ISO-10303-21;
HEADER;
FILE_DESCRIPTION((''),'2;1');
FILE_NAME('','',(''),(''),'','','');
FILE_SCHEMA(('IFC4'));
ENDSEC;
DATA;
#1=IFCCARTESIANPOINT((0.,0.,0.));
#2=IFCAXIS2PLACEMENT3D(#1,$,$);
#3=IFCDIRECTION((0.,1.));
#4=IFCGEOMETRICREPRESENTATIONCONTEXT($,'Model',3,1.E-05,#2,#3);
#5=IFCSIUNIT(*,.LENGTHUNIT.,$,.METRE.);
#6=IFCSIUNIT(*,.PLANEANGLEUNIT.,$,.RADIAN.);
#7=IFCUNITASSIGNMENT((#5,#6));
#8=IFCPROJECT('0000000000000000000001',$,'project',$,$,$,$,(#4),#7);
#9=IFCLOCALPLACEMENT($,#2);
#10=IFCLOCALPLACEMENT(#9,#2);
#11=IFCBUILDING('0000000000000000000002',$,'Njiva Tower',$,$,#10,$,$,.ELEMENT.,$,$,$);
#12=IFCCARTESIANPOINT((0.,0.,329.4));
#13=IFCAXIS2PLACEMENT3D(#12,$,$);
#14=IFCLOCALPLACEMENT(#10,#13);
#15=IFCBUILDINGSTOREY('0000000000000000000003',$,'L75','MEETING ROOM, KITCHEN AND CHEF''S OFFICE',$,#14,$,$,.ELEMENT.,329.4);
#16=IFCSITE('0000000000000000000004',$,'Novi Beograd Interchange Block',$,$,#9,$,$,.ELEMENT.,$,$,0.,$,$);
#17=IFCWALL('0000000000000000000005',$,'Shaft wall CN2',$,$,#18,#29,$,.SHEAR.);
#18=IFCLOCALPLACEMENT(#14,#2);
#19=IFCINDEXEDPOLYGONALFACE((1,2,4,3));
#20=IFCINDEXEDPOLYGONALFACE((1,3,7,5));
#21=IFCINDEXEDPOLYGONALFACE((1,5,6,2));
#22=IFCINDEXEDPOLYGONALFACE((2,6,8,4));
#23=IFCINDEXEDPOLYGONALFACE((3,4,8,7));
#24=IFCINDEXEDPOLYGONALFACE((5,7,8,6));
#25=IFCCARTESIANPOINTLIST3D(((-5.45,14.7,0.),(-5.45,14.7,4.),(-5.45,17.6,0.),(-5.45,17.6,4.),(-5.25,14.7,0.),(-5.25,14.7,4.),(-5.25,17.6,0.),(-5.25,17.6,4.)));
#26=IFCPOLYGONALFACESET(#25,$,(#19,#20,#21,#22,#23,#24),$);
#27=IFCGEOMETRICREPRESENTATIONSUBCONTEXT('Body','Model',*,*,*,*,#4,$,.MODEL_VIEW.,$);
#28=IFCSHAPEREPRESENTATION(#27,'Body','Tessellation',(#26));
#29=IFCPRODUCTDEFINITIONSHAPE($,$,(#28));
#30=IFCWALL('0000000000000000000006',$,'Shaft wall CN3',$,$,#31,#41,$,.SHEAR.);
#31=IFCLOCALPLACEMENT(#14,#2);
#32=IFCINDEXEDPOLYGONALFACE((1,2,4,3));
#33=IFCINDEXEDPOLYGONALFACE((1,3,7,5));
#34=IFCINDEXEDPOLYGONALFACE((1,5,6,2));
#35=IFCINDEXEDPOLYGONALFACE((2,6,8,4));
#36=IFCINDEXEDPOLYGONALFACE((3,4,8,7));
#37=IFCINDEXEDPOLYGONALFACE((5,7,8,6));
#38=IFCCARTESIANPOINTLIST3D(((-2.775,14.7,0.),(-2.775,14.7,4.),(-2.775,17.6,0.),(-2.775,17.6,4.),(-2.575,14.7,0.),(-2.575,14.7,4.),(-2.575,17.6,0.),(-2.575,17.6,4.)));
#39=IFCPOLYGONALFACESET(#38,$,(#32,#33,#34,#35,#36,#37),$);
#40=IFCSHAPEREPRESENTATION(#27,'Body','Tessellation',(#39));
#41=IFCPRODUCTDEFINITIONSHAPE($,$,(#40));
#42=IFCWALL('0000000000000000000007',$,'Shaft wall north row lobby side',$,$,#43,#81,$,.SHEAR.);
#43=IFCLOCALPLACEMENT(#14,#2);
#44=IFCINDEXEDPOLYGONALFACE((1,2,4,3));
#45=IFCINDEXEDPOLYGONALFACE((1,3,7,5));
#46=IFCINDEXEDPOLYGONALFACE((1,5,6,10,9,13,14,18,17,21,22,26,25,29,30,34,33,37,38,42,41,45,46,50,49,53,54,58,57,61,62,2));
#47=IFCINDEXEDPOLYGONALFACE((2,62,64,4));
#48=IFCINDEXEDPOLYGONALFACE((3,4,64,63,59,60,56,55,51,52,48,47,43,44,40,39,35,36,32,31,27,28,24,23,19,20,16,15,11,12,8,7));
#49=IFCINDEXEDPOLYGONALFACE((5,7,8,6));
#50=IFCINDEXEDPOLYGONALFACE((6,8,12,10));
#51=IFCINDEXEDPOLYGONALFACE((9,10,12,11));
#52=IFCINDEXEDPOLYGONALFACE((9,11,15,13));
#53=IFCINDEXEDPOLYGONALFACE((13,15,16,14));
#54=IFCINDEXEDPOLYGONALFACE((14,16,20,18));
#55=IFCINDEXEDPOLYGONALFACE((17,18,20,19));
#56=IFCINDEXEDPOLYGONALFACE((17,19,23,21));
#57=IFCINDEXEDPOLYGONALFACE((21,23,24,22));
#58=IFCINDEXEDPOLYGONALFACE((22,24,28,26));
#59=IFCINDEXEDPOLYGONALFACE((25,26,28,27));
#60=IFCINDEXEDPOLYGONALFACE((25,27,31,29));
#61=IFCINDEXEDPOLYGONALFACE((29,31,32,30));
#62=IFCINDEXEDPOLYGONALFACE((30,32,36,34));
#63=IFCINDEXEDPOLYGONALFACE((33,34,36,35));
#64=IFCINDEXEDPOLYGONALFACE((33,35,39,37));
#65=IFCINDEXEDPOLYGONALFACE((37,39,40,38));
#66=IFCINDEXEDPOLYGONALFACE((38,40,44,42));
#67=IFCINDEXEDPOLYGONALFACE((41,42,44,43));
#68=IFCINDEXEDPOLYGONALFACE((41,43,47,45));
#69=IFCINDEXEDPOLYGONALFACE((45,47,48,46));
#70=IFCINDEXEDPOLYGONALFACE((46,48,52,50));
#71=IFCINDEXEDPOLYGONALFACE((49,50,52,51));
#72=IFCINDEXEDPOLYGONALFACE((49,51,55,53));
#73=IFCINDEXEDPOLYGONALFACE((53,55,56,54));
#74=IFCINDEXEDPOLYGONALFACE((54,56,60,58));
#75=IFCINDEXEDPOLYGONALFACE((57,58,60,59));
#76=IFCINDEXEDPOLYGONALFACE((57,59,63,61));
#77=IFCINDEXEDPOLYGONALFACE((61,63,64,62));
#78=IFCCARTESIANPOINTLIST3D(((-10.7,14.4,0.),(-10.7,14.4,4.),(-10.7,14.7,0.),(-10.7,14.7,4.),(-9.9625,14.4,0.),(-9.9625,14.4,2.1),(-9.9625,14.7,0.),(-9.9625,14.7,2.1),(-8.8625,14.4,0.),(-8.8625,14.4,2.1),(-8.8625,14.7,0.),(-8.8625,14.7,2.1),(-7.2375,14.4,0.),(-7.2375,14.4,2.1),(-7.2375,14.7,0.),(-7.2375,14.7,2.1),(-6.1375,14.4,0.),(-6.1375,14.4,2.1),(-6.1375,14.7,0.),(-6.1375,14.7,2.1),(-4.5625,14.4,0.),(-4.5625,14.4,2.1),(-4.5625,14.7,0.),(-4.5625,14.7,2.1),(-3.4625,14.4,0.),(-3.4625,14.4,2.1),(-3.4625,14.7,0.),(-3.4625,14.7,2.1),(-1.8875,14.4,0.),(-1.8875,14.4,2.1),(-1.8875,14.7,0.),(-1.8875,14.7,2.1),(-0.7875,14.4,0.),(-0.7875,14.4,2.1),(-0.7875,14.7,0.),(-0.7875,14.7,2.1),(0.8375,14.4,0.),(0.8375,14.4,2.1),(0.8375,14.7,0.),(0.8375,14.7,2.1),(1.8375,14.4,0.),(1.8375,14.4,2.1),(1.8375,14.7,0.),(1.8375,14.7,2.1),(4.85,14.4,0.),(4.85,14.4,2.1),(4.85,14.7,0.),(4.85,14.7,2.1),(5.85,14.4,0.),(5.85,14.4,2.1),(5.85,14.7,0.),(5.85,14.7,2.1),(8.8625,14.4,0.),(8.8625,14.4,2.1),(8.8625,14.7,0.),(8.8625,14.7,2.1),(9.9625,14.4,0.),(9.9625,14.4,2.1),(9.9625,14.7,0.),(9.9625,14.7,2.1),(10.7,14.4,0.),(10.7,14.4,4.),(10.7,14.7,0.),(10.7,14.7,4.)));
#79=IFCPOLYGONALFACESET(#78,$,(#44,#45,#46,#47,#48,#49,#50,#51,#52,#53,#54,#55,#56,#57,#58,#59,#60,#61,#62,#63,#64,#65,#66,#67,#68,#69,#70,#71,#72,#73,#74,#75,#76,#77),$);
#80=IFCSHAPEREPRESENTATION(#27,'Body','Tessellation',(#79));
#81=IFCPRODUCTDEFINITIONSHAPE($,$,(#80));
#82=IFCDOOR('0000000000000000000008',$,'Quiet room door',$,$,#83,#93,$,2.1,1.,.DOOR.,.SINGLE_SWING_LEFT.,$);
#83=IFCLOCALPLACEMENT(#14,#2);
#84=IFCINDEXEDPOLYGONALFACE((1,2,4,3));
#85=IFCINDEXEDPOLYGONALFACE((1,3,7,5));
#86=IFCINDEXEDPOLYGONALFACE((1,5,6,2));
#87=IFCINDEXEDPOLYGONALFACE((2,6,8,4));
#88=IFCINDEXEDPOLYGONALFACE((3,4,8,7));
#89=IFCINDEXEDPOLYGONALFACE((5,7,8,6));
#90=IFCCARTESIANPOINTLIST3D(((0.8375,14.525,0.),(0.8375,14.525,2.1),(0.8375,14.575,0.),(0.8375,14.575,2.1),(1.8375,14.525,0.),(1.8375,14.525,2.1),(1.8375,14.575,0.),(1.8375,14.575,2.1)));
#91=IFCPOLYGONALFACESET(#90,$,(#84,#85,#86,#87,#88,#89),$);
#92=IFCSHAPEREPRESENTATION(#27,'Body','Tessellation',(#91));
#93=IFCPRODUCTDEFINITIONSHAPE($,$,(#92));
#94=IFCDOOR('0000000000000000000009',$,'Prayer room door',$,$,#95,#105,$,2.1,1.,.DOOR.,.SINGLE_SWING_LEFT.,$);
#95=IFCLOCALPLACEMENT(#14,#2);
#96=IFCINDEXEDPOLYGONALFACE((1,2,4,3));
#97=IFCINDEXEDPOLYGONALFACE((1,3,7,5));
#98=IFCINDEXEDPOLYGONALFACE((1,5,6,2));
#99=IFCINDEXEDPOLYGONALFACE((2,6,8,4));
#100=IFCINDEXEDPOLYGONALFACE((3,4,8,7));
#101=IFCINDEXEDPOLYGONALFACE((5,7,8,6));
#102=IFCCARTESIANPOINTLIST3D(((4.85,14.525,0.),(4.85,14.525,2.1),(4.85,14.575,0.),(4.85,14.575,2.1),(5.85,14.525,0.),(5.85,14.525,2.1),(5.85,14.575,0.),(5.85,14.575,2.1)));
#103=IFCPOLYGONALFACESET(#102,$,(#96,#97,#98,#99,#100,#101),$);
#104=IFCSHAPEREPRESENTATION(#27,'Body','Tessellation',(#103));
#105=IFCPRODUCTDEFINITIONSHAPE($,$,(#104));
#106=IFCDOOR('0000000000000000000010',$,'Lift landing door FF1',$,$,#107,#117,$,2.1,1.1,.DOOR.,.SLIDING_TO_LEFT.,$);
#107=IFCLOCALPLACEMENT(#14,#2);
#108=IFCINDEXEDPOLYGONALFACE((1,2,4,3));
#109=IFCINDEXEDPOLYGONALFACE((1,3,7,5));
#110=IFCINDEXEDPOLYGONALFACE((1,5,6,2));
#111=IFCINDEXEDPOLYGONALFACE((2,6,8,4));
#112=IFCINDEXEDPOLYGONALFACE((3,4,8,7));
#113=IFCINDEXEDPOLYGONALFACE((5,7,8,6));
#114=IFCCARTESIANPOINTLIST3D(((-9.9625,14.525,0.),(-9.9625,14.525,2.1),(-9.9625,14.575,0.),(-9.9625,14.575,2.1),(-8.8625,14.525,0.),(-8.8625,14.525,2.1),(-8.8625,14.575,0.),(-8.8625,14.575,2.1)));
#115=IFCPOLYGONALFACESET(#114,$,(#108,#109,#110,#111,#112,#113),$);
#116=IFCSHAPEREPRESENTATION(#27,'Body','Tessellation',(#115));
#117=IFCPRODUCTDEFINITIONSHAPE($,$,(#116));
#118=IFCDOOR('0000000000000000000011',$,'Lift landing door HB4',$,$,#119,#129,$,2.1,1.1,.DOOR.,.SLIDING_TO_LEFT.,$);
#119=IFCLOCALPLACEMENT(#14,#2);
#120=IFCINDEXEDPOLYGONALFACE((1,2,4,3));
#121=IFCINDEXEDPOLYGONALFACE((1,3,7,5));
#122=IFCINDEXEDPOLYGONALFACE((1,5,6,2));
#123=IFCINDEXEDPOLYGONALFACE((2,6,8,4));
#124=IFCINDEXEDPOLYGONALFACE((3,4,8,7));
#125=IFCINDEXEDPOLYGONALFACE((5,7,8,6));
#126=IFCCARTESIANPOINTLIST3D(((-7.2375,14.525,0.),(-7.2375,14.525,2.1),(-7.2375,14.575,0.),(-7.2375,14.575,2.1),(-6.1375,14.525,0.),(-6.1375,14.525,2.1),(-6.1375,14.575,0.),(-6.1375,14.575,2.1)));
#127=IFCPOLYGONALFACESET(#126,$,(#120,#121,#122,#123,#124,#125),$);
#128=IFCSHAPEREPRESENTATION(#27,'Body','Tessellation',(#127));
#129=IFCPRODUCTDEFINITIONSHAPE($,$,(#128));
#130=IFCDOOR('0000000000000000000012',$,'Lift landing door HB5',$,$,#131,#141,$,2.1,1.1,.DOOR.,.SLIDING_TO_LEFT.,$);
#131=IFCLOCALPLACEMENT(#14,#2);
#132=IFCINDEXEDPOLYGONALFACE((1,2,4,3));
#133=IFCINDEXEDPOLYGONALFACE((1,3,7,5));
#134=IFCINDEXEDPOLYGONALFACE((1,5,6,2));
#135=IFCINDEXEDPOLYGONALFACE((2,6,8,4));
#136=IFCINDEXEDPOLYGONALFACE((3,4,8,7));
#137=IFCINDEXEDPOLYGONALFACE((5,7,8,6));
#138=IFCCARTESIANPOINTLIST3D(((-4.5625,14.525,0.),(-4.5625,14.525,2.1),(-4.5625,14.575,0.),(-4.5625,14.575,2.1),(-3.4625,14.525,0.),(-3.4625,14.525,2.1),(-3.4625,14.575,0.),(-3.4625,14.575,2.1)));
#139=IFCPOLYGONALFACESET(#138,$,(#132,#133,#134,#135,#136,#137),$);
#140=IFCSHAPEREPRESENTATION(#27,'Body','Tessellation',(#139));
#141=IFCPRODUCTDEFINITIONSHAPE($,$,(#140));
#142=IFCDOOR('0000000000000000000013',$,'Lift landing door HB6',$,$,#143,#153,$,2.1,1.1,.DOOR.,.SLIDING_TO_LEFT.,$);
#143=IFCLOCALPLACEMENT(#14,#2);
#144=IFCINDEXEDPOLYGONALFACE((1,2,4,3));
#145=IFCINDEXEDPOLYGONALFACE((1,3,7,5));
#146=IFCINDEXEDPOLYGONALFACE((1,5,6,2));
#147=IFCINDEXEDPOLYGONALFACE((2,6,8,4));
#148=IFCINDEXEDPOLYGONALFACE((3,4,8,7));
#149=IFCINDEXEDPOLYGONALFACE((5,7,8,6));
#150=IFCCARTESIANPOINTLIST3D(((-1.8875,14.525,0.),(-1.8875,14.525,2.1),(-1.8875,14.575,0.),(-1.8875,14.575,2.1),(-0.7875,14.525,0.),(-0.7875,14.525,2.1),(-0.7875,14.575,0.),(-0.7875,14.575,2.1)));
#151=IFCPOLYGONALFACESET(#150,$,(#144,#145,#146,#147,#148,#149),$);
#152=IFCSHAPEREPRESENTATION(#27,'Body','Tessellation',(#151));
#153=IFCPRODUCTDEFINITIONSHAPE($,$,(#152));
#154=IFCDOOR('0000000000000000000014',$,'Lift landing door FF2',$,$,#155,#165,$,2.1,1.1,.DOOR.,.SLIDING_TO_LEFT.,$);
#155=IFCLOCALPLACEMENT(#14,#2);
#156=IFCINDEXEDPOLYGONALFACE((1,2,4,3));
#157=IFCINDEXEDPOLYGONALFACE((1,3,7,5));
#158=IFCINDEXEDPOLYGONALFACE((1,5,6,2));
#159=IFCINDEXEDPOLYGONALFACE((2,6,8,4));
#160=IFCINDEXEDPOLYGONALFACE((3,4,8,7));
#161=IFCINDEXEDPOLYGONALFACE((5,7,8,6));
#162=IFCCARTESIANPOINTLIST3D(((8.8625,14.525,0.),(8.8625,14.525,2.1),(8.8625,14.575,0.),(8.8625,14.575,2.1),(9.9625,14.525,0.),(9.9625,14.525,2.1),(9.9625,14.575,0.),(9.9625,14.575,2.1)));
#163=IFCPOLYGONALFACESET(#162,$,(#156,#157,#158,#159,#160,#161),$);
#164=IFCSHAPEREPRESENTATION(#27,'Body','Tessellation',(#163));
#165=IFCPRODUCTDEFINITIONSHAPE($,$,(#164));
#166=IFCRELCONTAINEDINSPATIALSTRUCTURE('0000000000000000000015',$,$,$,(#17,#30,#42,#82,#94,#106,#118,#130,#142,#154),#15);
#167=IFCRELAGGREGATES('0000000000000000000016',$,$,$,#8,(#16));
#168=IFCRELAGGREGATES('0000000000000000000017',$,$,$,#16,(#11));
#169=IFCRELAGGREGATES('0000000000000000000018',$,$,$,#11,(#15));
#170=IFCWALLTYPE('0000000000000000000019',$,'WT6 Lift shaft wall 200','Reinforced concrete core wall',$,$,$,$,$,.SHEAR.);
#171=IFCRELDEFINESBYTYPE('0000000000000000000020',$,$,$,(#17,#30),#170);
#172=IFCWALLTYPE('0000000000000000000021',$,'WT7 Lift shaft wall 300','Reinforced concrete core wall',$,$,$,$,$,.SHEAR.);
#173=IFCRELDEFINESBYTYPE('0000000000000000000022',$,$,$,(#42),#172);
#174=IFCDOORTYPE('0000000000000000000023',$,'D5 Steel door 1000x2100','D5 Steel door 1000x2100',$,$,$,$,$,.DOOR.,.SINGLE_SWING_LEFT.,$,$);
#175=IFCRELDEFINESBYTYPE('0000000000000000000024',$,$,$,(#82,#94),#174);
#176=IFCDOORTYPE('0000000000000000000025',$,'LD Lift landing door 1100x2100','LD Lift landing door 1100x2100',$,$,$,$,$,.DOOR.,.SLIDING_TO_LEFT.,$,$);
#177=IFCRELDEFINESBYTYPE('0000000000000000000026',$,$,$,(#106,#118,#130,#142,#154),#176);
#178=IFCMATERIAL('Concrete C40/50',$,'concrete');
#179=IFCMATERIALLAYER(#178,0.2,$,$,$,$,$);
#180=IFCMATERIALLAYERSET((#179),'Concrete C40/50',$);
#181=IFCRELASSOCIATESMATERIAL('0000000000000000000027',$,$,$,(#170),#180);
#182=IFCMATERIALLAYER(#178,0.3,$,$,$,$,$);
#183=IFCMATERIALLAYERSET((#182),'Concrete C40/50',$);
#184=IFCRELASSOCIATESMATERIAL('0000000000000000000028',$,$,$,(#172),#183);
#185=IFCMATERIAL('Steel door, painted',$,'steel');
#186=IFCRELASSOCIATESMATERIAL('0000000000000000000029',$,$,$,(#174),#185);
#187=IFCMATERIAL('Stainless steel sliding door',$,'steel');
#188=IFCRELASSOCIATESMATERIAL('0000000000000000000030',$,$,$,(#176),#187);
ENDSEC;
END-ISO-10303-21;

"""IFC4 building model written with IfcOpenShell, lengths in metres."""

from ifc_helpers import new_model, si_unit, direction, frame, frame_2d, origin, place, context, subcontext, project, spatial, rectangle, extrude, material, layer, layer_set, type_object, element, fill, save


model = new_model("IFC4")

# Units and contexts
model_context = context("Model", 3, precision=1e-05, world=origin(), true_north=direction((0.0, 1.0)))
body_context = subcontext(model_context, "Body", "Model", "MODEL_VIEW")
ifc_project = project(units=[si_unit("LENGTHUNIT", "METRE"), si_unit("PLANEANGLEUNIT", "RADIAN")], contexts=[model_context])

# Site, building, storey
site_placement = place(None, origin())
site = spatial("IfcSite", under=ifc_project, at=site_placement, Name="Novi Beograd Interchange Block", CompositionType="ELEMENT", RefElevation=0.0)
building_placement = place(site_placement, origin())
building = spatial("IfcBuilding", under=site, at=building_placement, Name="Njiva Tower", CompositionType="ELEMENT")
storey_placement = place(building_placement, frame((0.0, 0.0, 329.4)))
storey = spatial("IfcBuildingStorey", under=building, at=storey_placement, Name="L75", Description="MEETING ROOM, KITCHEN AND CHEF'S OFFICE", CompositionType="ELEMENT", Elevation=329.4)

# Walls
ifc_material_1 = material(Name="Concrete C40/50", Category="concrete")
ifc_layer_1 = layer(ifc_material_1, 0.2)
ifc_layer_set_1 = layer_set([ifc_layer_1], Name="Concrete C40/50")
wall_type_1 = type_object("IfcWallType", Name="WT6 Lift shaft wall 200", Description="Reinforced concrete core wall", PredefinedType="SHEAR", material=ifc_layer_set_1)
for number, where, z_axis, x_axis, name in (
    (1, (-5.35, 14.7, 0.0), (0.0, 0.0, 1.0), (0.0, 1.0, 0.0), "Shaft wall CN2"),
    (2, (-2.675, 14.7, 0.0), (0.0, 0.0, 1.0), (0.0, 1.0, 0.0), "Shaft wall CN3"),
):
    element("IfcWall", number, at=place(storey_placement, frame(where, z_axis=z_axis, x_axis=x_axis)), inside=storey, type_object=wall_type_1, Name=name, PredefinedType="SHEAR", context=body_context, shape_type="SweptSolid", body=[
        extrude(rectangle(XDim=2.9, YDim=0.2, at=frame_2d((1.45, 0.0))), origin(), (0.0, 0.0, 1.0), 4.0),
    ])

# Wall, openings, doors
ifc_layer_2 = layer(ifc_material_1, 0.3)
ifc_layer_set_2 = layer_set([ifc_layer_2], Name="Concrete C40/50")
wall_type_2 = type_object("IfcWallType", Name="WT7 Lift shaft wall 300", Description="Reinforced concrete core wall", PredefinedType="SHEAR", material=ifc_layer_set_2)
wall_1_placement = place(storey_placement, frame((-10.7, 14.55, 0.0), z_axis=(0.0, 0.0, 1.0), x_axis=(1.0, 0.0, 0.0)))
wall_1 = element("IfcWall", 3, at=wall_1_placement, inside=storey, type_object=wall_type_2, Name="Shaft wall north row lobby side", PredefinedType="SHEAR", context=body_context, shape_type="SweptSolid", body=[
    extrude(rectangle(XDim=21.4, YDim=0.3, at=frame_2d((10.7, 0.0))), origin(), (0.0, 0.0, 1.0), 4.0),
])
opening_1_placement = place(wall_1_placement, frame((0.7375, 0.0, 0.0)))
opening_1 = element("IfcOpeningElement", 4, at=opening_1_placement, cuts=wall_1, PredefinedType="OPENING", context=body_context, shape_type="SweptSolid", body=[
    extrude(rectangle(XDim=1.1, YDim=2.1, at=frame_2d((0.55, 1.05))), frame((0.0, 0.16, 0.0), z_axis=(0.0, -1.0, 0.0), x_axis=(1.0, 0.0, 0.0)), (0.0, 0.0, 1.0), 0.32),
])
opening_2_placement = place(wall_1_placement, frame((3.4625, 0.0, 0.0)))
opening_2 = element("IfcOpeningElement", 5, at=opening_2_placement, cuts=wall_1, PredefinedType="OPENING", context=body_context, shape_type="SweptSolid", body=[
    extrude(rectangle(XDim=1.1, YDim=2.1, at=frame_2d((0.55, 1.05))), frame((0.0, 0.16, 0.0), z_axis=(0.0, -1.0, 0.0), x_axis=(1.0, 0.0, 0.0)), (0.0, 0.0, 1.0), 0.32),
])
opening_3_placement = place(wall_1_placement, frame((6.1375, 0.0, 0.0)))
opening_3 = element("IfcOpeningElement", 6, at=opening_3_placement, cuts=wall_1, PredefinedType="OPENING", context=body_context, shape_type="SweptSolid", body=[
    extrude(rectangle(XDim=1.1, YDim=2.1, at=frame_2d((0.55, 1.05))), frame((0.0, 0.16, 0.0), z_axis=(0.0, -1.0, 0.0), x_axis=(1.0, 0.0, 0.0)), (0.0, 0.0, 1.0), 0.32),
])
opening_4_placement = place(wall_1_placement, frame((8.8125, 0.0, 0.0)))
opening_4 = element("IfcOpeningElement", 7, at=opening_4_placement, cuts=wall_1, PredefinedType="OPENING", context=body_context, shape_type="SweptSolid", body=[
    extrude(rectangle(XDim=1.1, YDim=2.1, at=frame_2d((0.55, 1.05))), frame((0.0, 0.16, 0.0), z_axis=(0.0, -1.0, 0.0), x_axis=(1.0, 0.0, 0.0)), (0.0, 0.0, 1.0), 0.32),
])
opening_5_placement = place(wall_1_placement, frame((19.5625, 0.0, 0.0)))
opening_5 = element("IfcOpeningElement", 8, at=opening_5_placement, cuts=wall_1, PredefinedType="OPENING", context=body_context, shape_type="SweptSolid", body=[
    extrude(rectangle(XDim=1.1, YDim=2.1, at=frame_2d((0.55, 1.05))), frame((0.0, 0.16, 0.0), z_axis=(0.0, -1.0, 0.0), x_axis=(1.0, 0.0, 0.0)), (0.0, 0.0, 1.0), 0.32),
])
opening_6_placement = place(wall_1_placement, frame((11.5375, 0.0, 0.0)))
opening_6 = element("IfcOpeningElement", 9, at=opening_6_placement, cuts=wall_1, PredefinedType="OPENING", context=body_context, shape_type="SweptSolid", body=[
    extrude(rectangle(XDim=1.0, YDim=2.1, at=frame_2d((0.5, 1.05))), frame((0.0, 0.16, 0.0), z_axis=(0.0, -1.0, 0.0), x_axis=(1.0, 0.0, 0.0)), (0.0, 0.0, 1.0), 0.32),
])
opening_7_placement = place(wall_1_placement, frame((15.55, 0.0, 0.0)))
opening_7 = element("IfcOpeningElement", 10, at=opening_7_placement, cuts=wall_1, PredefinedType="OPENING", context=body_context, shape_type="SweptSolid", body=[
    extrude(rectangle(XDim=1.0, YDim=2.1, at=frame_2d((0.5, 1.05))), frame((0.0, 0.16, 0.0), z_axis=(0.0, -1.0, 0.0), x_axis=(1.0, 0.0, 0.0)), (0.0, 0.0, 1.0), 0.32),
])
ifc_material_2 = material(Name="Steel door, painted", Category="steel")
door_type_1 = type_object("IfcDoorType", Name="D5 Steel door 1000x2100", Description="D5 Steel door 1000x2100", OperationType="SINGLE_SWING_LEFT", PredefinedType="DOOR", material=ifc_material_2)
door_1_placement = place(opening_6_placement, origin())
door_1 = element("IfcDoor", 11, at=door_1_placement, inside=storey, type_object=door_type_1, Name="Quiet room door", OperationType="SINGLE_SWING_LEFT", OverallHeight=2.1, OverallWidth=1.0, PredefinedType="DOOR", context=body_context, shape_type="SweptSolid", body=[
    extrude(rectangle(XDim=1.0, YDim=2.1, at=frame_2d((0.5, 1.05))), frame((0.0, 0.025, 0.0), z_axis=(0.0, -1.0, 0.0), x_axis=(1.0, 0.0, 0.0)), (0.0, 0.0, 1.0), 0.05),
])
fill(opening_6, door_1)
door_2_placement = place(opening_7_placement, origin())
door_2 = element("IfcDoor", 12, at=door_2_placement, inside=storey, type_object=door_type_1, Name="Prayer room door", OperationType="SINGLE_SWING_LEFT", OverallHeight=2.1, OverallWidth=1.0, PredefinedType="DOOR", context=body_context, shape_type="SweptSolid", body=[
    extrude(rectangle(XDim=1.0, YDim=2.1, at=frame_2d((0.5, 1.05))), frame((0.0, 0.025, 0.0), z_axis=(0.0, -1.0, 0.0), x_axis=(1.0, 0.0, 0.0)), (0.0, 0.0, 1.0), 0.05),
])
fill(opening_7, door_2)
ifc_material_3 = material(Name="Stainless steel sliding door", Category="steel")
door_type_2 = type_object("IfcDoorType", Name="LD Lift landing door 1100x2100", Description="LD Lift landing door 1100x2100", OperationType="SLIDING_TO_LEFT", PredefinedType="DOOR", material=ifc_material_3)
door_3_placement = place(opening_1_placement, origin())
door_3 = element("IfcDoor", 13, at=door_3_placement, inside=storey, type_object=door_type_2, Name="Lift landing door FF1", OperationType="SLIDING_TO_LEFT", OverallHeight=2.1, OverallWidth=1.1, PredefinedType="DOOR", context=body_context, shape_type="SweptSolid", body=[
    extrude(rectangle(XDim=1.1, YDim=2.1, at=frame_2d((0.55, 1.05))), frame((0.0, 0.025, 0.0), z_axis=(0.0, -1.0, 0.0), x_axis=(1.0, 0.0, 0.0)), (0.0, 0.0, 1.0), 0.05),
])
fill(opening_1, door_3)
door_4_placement = place(opening_2_placement, origin())
door_4 = element("IfcDoor", 14, at=door_4_placement, inside=storey, type_object=door_type_2, Name="Lift landing door HB4", OperationType="SLIDING_TO_LEFT", OverallHeight=2.1, OverallWidth=1.1, PredefinedType="DOOR", context=body_context, shape_type="SweptSolid", body=[
    extrude(rectangle(XDim=1.1, YDim=2.1, at=frame_2d((0.55, 1.05))), frame((0.0, 0.025, 0.0), z_axis=(0.0, -1.0, 0.0), x_axis=(1.0, 0.0, 0.0)), (0.0, 0.0, 1.0), 0.05),
])
fill(opening_2, door_4)
door_5_placement = place(opening_3_placement, origin())
door_5 = element("IfcDoor", 15, at=door_5_placement, inside=storey, type_object=door_type_2, Name="Lift landing door HB5", OperationType="SLIDING_TO_LEFT", OverallHeight=2.1, OverallWidth=1.1, PredefinedType="DOOR", context=body_context, shape_type="SweptSolid", body=[
    extrude(rectangle(XDim=1.1, YDim=2.1, at=frame_2d((0.55, 1.05))), frame((0.0, 0.025, 0.0), z_axis=(0.0, -1.0, 0.0), x_axis=(1.0, 0.0, 0.0)), (0.0, 0.0, 1.0), 0.05),
])
fill(opening_3, door_5)
door_6_placement = place(opening_4_placement, origin())
door_6 = element("IfcDoor", 16, at=door_6_placement, inside=storey, type_object=door_type_2, Name="Lift landing door HB6", OperationType="SLIDING_TO_LEFT", OverallHeight=2.1, OverallWidth=1.1, PredefinedType="DOOR", context=body_context, shape_type="SweptSolid", body=[
    extrude(rectangle(XDim=1.1, YDim=2.1, at=frame_2d((0.55, 1.05))), frame((0.0, 0.025, 0.0), z_axis=(0.0, -1.0, 0.0), x_axis=(1.0, 0.0, 0.0)), (0.0, 0.0, 1.0), 0.05),
])
fill(opening_4, door_6)
door_7_placement = place(opening_5_placement, origin())
door_7 = element("IfcDoor", 17, at=door_7_placement, inside=storey, type_object=door_type_2, Name="Lift landing door FF2", OperationType="SLIDING_TO_LEFT", OverallHeight=2.1, OverallWidth=1.1, PredefinedType="DOOR", context=body_context, shape_type="SweptSolid", body=[
    extrude(rectangle(XDim=1.1, YDim=2.1, at=frame_2d((0.55, 1.05))), frame((0.0, 0.025, 0.0), z_axis=(0.0, -1.0, 0.0), x_axis=(1.0, 0.0, 0.0)), (0.0, 0.0, 1.0), 0.05),
])
fill(opening_5, door_7)

save(model, "model.ifc")
